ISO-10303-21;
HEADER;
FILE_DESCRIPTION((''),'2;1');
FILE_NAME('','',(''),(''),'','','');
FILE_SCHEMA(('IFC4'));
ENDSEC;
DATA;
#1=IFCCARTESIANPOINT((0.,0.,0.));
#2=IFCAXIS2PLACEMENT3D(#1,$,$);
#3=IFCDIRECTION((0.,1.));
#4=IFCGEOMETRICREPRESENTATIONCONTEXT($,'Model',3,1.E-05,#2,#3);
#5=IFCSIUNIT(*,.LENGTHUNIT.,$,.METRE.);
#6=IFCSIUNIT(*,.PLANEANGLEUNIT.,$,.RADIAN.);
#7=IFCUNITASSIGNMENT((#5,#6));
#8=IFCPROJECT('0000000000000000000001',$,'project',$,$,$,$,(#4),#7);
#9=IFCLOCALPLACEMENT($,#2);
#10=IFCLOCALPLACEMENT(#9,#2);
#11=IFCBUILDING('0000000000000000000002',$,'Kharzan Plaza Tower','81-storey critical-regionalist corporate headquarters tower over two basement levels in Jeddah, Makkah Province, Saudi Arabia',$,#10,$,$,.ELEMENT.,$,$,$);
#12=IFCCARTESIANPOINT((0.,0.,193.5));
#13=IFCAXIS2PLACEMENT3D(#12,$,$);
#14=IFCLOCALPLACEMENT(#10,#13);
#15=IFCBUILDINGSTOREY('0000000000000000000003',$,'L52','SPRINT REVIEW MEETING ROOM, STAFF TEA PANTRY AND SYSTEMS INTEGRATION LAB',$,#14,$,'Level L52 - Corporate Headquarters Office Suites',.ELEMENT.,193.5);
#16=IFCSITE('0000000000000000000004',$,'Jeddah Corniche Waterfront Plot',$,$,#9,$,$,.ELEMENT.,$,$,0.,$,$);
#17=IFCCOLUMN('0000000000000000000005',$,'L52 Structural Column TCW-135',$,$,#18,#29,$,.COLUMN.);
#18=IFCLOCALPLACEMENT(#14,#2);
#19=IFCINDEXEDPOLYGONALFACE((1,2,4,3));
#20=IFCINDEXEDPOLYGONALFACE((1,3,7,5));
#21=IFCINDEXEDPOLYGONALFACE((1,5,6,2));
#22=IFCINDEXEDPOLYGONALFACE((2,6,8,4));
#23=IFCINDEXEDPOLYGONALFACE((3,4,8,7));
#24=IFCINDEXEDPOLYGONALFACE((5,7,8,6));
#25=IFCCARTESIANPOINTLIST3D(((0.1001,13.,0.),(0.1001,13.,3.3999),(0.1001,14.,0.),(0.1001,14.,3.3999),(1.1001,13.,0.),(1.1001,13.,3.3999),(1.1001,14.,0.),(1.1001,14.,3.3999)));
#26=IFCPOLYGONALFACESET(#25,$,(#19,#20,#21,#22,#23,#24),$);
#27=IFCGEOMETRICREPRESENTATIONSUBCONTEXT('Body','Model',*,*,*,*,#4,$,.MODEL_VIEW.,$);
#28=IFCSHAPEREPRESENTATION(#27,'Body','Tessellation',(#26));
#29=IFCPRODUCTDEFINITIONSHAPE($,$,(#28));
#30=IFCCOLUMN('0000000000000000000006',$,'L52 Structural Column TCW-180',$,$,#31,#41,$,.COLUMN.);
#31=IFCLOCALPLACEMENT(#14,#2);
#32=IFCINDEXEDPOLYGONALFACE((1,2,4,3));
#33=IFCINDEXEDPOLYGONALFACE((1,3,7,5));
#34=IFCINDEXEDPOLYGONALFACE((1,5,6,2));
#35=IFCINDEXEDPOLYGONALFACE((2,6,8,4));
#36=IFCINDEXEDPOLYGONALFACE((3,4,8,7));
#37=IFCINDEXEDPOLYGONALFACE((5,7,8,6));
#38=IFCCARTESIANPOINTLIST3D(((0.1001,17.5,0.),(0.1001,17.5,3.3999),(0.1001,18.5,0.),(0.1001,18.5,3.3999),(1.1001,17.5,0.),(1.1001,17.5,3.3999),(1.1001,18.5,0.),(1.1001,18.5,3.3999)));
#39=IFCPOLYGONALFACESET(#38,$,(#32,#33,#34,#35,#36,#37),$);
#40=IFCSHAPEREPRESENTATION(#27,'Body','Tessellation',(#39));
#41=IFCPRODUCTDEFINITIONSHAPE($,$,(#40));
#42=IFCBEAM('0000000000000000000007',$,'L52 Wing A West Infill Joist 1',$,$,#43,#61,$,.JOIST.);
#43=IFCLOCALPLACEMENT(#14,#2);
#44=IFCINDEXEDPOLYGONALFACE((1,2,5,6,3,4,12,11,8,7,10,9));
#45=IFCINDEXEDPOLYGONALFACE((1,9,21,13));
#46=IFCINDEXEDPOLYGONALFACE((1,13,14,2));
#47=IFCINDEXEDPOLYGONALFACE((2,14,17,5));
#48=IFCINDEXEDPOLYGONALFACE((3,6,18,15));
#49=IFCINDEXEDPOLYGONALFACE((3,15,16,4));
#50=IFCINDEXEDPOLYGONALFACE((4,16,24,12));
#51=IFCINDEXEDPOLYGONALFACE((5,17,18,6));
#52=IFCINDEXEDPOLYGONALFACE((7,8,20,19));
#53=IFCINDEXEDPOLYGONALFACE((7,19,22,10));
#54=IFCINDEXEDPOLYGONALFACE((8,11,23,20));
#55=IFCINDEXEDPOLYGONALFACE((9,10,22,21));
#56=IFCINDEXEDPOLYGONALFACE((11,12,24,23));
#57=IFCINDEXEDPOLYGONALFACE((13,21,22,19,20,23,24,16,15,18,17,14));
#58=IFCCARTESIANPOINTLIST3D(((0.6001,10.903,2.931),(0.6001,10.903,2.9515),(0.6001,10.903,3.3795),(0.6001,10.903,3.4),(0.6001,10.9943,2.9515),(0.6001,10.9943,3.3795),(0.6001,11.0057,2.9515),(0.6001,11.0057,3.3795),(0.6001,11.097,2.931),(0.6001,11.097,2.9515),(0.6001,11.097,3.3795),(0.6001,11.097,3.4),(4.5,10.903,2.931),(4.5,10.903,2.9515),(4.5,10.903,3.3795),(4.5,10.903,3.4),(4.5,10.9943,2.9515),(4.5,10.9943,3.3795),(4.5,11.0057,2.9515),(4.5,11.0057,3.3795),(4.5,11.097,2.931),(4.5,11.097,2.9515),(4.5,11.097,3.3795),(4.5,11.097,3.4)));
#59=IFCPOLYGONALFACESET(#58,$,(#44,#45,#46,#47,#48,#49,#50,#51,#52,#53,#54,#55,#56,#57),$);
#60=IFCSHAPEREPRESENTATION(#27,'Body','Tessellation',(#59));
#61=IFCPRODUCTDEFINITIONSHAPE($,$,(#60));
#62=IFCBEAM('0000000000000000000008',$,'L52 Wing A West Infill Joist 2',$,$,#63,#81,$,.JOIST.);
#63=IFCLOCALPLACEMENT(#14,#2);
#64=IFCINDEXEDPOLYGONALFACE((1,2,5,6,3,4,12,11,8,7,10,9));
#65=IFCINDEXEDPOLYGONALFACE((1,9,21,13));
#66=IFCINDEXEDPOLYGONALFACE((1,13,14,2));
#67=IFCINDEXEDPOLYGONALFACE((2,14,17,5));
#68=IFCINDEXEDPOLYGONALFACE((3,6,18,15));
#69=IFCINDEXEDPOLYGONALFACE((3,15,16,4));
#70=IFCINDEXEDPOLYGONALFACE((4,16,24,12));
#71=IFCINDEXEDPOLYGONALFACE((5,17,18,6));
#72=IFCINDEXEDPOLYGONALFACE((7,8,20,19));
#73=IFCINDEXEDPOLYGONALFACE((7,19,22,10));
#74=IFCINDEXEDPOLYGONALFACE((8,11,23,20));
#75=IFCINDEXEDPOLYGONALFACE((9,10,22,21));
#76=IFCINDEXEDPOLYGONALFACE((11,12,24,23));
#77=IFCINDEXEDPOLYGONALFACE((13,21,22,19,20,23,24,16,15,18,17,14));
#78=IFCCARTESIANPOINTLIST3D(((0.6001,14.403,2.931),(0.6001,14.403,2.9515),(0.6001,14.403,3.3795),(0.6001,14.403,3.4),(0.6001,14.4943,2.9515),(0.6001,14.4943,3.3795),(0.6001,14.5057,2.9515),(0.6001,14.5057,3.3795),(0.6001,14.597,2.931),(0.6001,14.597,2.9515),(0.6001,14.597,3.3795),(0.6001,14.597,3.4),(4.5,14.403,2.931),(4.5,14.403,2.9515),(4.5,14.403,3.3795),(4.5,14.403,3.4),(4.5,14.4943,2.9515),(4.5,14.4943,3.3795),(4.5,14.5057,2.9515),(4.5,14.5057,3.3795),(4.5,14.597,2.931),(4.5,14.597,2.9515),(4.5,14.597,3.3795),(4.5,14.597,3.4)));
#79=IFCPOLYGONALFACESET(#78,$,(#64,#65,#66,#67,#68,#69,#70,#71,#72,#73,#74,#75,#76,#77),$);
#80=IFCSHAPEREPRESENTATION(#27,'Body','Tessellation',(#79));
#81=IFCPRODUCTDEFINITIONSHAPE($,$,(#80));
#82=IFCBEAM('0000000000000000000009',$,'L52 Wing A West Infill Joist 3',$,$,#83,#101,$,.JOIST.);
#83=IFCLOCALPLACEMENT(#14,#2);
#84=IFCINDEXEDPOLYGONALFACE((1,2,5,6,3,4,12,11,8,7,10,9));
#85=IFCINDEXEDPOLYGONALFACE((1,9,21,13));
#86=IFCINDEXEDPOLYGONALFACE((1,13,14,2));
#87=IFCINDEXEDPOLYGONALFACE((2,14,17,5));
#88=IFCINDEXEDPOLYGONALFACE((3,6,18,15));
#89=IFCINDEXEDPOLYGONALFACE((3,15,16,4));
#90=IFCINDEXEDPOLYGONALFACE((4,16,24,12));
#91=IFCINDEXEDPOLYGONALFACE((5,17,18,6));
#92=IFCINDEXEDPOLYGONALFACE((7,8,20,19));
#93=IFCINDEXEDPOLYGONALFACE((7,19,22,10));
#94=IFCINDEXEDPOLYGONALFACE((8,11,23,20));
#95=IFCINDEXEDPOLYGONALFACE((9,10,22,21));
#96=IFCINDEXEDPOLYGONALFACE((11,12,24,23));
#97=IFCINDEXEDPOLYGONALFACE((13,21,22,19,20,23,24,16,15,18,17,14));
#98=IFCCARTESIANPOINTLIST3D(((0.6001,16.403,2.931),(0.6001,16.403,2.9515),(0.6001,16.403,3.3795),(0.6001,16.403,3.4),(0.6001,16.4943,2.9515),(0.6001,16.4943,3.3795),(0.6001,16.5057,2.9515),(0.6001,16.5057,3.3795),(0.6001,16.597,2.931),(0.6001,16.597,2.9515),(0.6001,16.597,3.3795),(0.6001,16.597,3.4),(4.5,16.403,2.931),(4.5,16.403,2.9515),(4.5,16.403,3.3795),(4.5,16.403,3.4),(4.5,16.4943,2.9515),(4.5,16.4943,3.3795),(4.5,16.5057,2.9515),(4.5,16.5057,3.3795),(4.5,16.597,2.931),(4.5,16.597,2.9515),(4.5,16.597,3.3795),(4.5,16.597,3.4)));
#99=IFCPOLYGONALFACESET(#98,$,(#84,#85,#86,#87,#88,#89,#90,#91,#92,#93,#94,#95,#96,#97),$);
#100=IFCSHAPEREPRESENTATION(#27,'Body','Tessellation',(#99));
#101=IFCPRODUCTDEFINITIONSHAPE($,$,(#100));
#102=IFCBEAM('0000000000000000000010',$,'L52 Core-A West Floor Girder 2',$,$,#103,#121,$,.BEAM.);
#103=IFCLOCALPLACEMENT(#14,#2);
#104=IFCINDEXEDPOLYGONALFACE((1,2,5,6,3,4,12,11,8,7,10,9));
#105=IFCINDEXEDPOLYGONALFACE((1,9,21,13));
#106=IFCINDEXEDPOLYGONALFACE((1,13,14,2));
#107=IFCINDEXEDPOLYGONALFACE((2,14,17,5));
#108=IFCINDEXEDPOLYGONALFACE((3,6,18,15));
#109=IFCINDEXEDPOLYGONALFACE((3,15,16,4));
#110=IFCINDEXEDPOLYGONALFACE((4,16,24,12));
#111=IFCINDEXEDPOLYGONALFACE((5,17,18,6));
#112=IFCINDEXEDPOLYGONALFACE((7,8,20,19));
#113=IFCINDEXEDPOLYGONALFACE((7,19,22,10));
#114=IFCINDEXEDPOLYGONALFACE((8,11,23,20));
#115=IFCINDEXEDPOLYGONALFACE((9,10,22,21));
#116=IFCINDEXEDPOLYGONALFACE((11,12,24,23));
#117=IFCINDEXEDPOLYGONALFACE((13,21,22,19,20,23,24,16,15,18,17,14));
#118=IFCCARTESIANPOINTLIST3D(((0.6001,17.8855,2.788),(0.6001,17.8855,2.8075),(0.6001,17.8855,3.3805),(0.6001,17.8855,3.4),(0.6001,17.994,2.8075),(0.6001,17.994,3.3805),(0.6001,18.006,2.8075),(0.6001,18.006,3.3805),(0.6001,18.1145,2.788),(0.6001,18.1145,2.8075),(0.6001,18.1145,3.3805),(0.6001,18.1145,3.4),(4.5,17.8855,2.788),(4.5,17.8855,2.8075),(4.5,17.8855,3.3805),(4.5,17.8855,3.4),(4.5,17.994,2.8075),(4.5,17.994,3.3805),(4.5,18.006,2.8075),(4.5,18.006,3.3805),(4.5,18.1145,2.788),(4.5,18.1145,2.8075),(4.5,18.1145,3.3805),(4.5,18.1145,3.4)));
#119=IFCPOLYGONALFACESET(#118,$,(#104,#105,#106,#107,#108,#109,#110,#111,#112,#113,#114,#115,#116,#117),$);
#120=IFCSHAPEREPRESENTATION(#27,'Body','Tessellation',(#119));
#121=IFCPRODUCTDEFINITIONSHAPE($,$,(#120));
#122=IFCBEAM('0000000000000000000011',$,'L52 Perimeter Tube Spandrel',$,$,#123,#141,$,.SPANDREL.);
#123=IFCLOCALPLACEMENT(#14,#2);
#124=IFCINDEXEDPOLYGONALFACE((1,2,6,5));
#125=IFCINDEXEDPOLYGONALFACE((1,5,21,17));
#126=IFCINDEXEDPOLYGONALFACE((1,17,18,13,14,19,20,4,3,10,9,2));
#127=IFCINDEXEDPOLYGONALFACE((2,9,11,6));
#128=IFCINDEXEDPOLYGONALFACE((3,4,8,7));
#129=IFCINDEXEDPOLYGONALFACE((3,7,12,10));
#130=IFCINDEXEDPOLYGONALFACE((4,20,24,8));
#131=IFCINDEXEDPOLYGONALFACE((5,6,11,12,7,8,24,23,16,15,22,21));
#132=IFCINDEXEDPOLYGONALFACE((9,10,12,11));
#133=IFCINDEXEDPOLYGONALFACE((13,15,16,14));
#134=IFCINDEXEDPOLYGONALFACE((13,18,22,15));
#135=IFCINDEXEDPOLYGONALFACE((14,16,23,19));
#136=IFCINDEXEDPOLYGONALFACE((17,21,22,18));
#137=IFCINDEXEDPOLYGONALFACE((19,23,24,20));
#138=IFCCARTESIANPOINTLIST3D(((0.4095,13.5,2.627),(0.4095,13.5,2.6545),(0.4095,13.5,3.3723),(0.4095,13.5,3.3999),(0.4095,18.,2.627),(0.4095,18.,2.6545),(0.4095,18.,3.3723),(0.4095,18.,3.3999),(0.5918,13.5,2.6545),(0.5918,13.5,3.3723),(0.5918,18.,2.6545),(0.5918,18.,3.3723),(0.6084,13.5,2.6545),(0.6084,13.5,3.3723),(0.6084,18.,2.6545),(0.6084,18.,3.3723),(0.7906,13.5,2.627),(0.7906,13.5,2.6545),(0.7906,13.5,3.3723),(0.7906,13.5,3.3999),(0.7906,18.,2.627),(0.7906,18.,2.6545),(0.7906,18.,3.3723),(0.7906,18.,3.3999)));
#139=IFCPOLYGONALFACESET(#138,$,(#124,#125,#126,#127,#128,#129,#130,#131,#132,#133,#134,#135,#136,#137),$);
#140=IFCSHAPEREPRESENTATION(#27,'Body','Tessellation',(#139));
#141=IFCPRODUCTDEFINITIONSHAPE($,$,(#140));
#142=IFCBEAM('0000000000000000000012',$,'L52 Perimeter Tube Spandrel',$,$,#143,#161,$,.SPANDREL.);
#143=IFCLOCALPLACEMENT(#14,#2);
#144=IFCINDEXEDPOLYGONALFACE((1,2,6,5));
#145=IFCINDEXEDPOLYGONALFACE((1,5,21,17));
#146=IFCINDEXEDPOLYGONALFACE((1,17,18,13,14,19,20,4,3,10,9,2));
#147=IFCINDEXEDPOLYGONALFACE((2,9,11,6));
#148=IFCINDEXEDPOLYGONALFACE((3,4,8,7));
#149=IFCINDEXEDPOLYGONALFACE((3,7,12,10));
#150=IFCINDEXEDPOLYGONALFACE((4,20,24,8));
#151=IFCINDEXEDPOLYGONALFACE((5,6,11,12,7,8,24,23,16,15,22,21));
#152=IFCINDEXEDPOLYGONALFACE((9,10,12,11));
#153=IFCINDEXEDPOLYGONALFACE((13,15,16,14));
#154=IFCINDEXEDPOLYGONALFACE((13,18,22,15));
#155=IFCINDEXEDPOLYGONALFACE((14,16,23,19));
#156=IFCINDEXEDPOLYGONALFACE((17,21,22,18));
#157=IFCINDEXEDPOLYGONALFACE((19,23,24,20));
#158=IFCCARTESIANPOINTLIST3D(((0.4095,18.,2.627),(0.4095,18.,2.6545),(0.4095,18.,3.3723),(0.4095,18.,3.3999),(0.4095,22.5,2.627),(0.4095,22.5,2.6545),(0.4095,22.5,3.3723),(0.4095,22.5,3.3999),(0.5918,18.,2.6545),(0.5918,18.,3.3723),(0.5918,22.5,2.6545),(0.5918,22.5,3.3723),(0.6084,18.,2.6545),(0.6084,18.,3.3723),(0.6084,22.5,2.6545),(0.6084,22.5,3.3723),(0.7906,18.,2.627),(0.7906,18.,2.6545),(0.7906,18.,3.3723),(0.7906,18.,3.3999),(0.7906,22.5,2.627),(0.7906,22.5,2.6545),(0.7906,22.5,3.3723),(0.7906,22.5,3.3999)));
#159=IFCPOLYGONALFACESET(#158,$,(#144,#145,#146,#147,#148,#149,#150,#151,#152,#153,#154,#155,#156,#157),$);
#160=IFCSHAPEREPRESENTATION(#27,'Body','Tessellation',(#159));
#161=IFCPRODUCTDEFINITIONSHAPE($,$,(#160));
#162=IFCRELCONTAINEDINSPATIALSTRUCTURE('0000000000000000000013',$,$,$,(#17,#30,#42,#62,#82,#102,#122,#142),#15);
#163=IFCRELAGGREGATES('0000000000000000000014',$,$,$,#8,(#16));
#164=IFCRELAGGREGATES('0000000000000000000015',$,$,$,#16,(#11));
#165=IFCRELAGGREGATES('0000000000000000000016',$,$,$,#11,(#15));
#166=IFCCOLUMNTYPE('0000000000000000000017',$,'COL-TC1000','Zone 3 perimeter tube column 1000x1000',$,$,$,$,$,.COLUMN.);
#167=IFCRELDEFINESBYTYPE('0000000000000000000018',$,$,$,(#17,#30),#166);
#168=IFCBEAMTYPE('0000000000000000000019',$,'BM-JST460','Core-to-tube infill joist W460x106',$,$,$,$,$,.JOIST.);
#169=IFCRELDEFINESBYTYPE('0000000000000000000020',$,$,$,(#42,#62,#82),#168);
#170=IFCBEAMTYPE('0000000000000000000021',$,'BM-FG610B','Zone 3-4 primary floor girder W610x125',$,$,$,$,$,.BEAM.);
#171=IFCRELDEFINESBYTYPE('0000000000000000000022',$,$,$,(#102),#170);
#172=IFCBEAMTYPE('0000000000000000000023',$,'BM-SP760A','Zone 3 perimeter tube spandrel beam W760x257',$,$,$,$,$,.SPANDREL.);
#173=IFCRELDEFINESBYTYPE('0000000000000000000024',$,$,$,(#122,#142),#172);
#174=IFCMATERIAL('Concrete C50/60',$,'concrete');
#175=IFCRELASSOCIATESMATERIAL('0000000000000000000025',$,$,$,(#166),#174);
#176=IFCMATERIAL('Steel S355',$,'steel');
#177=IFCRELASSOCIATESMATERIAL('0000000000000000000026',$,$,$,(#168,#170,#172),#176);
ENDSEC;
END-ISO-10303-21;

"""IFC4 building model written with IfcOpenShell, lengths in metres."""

from ifc_helpers import new_model, si_unit, direction, frame, origin, origin_2d, place, context, subcontext, project, spatial, rectangle, i_section, extrude, source, transform, mapped, material, material_profile, profile_set, type_object, element, save


model = new_model("IFC4")

# Units and contexts
model_context = context("Model", 3, precision=1e-05, world=origin(), true_north=direction((0.0, 1.0)))
body_context = subcontext(model_context, "Body", "Model", "MODEL_VIEW")
ifc_project = project(units=[si_unit("LENGTHUNIT", "METRE"), si_unit("PLANEANGLEUNIT", "RADIAN")], contexts=[model_context])

# Site, building, storey
site_placement = place(None, origin())
site = spatial("IfcSite", under=ifc_project, at=site_placement, Name="Jeddah Corniche Waterfront Plot", CompositionType="ELEMENT", RefElevation=0.0)
building_placement = place(site_placement, origin())
building = spatial("IfcBuilding", under=site, at=building_placement, Name="Kharzan Plaza Tower", Description="81-storey critical-regionalist corporate headquarters tower over two basement levels in Jeddah, Makkah Province, Saudi Arabia", CompositionType="ELEMENT")
storey_placement = place(building_placement, frame((0.0, 0.0, 193.5)))
storey = spatial("IfcBuildingStorey", under=building, at=storey_placement, Name="L52", Description="SPRINT REVIEW MEETING ROOM, STAFF TEA PANTRY AND SYSTEMS INTEGRATION LAB", LongName="Level L52 - Corporate Headquarters Office Suites", CompositionType="ELEMENT", Elevation=193.5)

# Columns
ifc_material_1 = material(Name="Concrete C50/60", Category="concrete")
ifc_material_profile_1 = material_profile(ifc_material_1, rectangle(XDim=1.0, YDim=1.0, at=origin_2d()), Name="RC-TC1000x1000")
ifc_profile_set_1 = profile_set([ifc_material_profile_1], Name="Concrete C50/60")
column_type = type_object("IfcColumnType", Name="COL-TC1000", Description="Zone 3 perimeter tube column 1000x1000", PredefinedType="COLUMN", material=ifc_profile_set_1)
shared_shape_1 = source(origin(), body_context, "Body", "SweptSolid", [
    extrude(rectangle(XDim=1.0, YDim=1.0, at=origin_2d()), origin(), (0.0, 0.0, 1.0), 3.3999),
])
for number, where, z_axis, x_axis, name in (
    (1, (0.6001, 13.5, 0.0), (0.0, 0.0, 1.0), (1.0, 0.0, 0.0), "L52 Structural Column TCW-135"),
    (2, (0.6001, 18.0, 0.0), (0.0, 0.0, 1.0), (1.0, 0.0, 0.0), "L52 Structural Column TCW-180"),
):
    element("IfcColumn", number, at=place(storey_placement, frame(where, z_axis=z_axis, x_axis=x_axis)), inside=storey, type_object=column_type, Name=name, PredefinedType="COLUMN", context=body_context, shape_type="MappedRepresentation", body=[
        mapped(shared_shape_1, transform((0.0, 0.0, 0.0), x_axis=(1.0, 0.0, 0.0), y_axis=(0.0, 1.0, 0.0), z_axis=(0.0, 0.0, 1.0))),
    ])

# Beams
ifc_material_2 = material(Name="Steel S355", Category="steel")
ifc_material_profile_2 = material_profile(ifc_material_2, i_section(OverallWidth=0.1941, OverallDepth=0.469, WebThickness=0.0115, FlangeThickness=0.0205, at=origin_2d()), Name="W460x106")
ifc_profile_set_2 = profile_set([ifc_material_profile_2], Name="Steel S355")
beam_type_1 = type_object("IfcBeamType", Name="BM-JST460", Description="Core-to-tube infill joist W460x106", PredefinedType="JOIST", material=ifc_profile_set_2)
shared_shape_2 = source(origin(), body_context, "Body", "SweptSolid", [
    extrude(i_section(OverallWidth=0.1941, OverallDepth=0.469, WebThickness=0.0115, FlangeThickness=0.0205, at=origin_2d()), origin(), (0.0, 0.0, 1.0), 3.8999),
])
for number, where, z_axis, x_axis, name in (
    (3, (0.6001, 11.0, 3.1655), (1.0, 0.0, 0.0), (0.0, 1.0, 0.0), "L52 Wing A West Infill Joist 1"),
    (4, (0.6001, 14.5, 3.1655), (1.0, 0.0, 0.0), (0.0, 1.0, 0.0), "L52 Wing A West Infill Joist 2"),
    (5, (0.6001, 16.5, 3.1655), (1.0, 0.0, 0.0), (0.0, 1.0, 0.0), "L52 Wing A West Infill Joist 3"),
):
    element("IfcBeam", number, at=place(storey_placement, frame(where, z_axis=z_axis, x_axis=x_axis)), inside=storey, type_object=beam_type_1, Name=name, PredefinedType="JOIST", context=body_context, shape_type="MappedRepresentation", body=[
        mapped(shared_shape_2, transform((0.0, 0.0, 0.0), x_axis=(1.0, 0.0, 0.0), y_axis=(0.0, 1.0, 0.0), z_axis=(0.0, 0.0, 1.0))),
    ])
ifc_material_profile_3 = material_profile(ifc_material_2, i_section(OverallWidth=0.229, OverallDepth=0.6121, WebThickness=0.012, FlangeThickness=0.0195, at=origin_2d()), Name="W610x125")
ifc_profile_set_3 = profile_set([ifc_material_profile_3], Name="Steel S355")
beam_type_2 = type_object("IfcBeamType", Name="BM-FG610B", Description="Zone 3-4 primary floor girder W610x125", PredefinedType="BEAM", material=ifc_profile_set_3)
shared_shape_3 = source(origin(), body_context, "Body", "SweptSolid", [
    extrude(i_section(OverallWidth=0.229, OverallDepth=0.6121, WebThickness=0.012, FlangeThickness=0.0195, at=origin_2d()), origin(), (0.0, 0.0, 1.0), 3.8999),
])
beam_placement = place(storey_placement, frame((0.6001, 18.0, 3.094), z_axis=(1.0, 0.0, 0.0), x_axis=(0.0, 1.0, 0.0)))
element("IfcBeam", 6, at=beam_placement, inside=storey, type_object=beam_type_2, Name="L52 Core-A West Floor Girder 2", PredefinedType="BEAM", context=body_context, shape_type="MappedRepresentation", body=[
    mapped(shared_shape_3, transform((0.0, 0.0, 0.0), x_axis=(1.0, 0.0, 0.0), y_axis=(0.0, 1.0, 0.0), z_axis=(0.0, 0.0, 1.0))),
])
ifc_material_profile_4 = material_profile(ifc_material_2, i_section(OverallWidth=0.3811, OverallDepth=0.7729, WebThickness=0.0166, FlangeThickness=0.0276, at=origin_2d()), Name="W760x257")
ifc_profile_set_4 = profile_set([ifc_material_profile_4], Name="Steel S355")
beam_type_3 = type_object("IfcBeamType", Name="BM-SP760A", Description="Zone 3 perimeter tube spandrel beam W760x257", PredefinedType="SPANDREL", material=ifc_profile_set_4)
shared_shape_4 = source(origin(), body_context, "Body", "SweptSolid", [
    extrude(i_section(OverallWidth=0.3811, OverallDepth=0.7729, WebThickness=0.0166, FlangeThickness=0.0276, at=origin_2d()), origin(), (0.0, 0.0, 1.0), 4.5),
])
for number, where, z_axis, x_axis, name in (
    (7, (0.6001, 13.5, 3.0134), (0.0, 1.0, 0.0), (-1.0, 0.0, 0.0), "L52 Perimeter Tube Spandrel"),
    (8, (0.6001, 18.0, 3.0134), (0.0, 1.0, 0.0), (-1.0, 0.0, 0.0), "L52 Perimeter Tube Spandrel"),
):
    element("IfcBeam", number, at=place(storey_placement, frame(where, z_axis=z_axis, x_axis=x_axis)), inside=storey, type_object=beam_type_3, Name=name, PredefinedType="SPANDREL", context=body_context, shape_type="MappedRepresentation", body=[
        mapped(shared_shape_4, transform((0.0, 0.0, 0.0), x_axis=(1.0, 0.0, 0.0), y_axis=(0.0, 1.0, 0.0), z_axis=(0.0, 0.0, 1.0))),
    ])

save(model, "model.ifc")
